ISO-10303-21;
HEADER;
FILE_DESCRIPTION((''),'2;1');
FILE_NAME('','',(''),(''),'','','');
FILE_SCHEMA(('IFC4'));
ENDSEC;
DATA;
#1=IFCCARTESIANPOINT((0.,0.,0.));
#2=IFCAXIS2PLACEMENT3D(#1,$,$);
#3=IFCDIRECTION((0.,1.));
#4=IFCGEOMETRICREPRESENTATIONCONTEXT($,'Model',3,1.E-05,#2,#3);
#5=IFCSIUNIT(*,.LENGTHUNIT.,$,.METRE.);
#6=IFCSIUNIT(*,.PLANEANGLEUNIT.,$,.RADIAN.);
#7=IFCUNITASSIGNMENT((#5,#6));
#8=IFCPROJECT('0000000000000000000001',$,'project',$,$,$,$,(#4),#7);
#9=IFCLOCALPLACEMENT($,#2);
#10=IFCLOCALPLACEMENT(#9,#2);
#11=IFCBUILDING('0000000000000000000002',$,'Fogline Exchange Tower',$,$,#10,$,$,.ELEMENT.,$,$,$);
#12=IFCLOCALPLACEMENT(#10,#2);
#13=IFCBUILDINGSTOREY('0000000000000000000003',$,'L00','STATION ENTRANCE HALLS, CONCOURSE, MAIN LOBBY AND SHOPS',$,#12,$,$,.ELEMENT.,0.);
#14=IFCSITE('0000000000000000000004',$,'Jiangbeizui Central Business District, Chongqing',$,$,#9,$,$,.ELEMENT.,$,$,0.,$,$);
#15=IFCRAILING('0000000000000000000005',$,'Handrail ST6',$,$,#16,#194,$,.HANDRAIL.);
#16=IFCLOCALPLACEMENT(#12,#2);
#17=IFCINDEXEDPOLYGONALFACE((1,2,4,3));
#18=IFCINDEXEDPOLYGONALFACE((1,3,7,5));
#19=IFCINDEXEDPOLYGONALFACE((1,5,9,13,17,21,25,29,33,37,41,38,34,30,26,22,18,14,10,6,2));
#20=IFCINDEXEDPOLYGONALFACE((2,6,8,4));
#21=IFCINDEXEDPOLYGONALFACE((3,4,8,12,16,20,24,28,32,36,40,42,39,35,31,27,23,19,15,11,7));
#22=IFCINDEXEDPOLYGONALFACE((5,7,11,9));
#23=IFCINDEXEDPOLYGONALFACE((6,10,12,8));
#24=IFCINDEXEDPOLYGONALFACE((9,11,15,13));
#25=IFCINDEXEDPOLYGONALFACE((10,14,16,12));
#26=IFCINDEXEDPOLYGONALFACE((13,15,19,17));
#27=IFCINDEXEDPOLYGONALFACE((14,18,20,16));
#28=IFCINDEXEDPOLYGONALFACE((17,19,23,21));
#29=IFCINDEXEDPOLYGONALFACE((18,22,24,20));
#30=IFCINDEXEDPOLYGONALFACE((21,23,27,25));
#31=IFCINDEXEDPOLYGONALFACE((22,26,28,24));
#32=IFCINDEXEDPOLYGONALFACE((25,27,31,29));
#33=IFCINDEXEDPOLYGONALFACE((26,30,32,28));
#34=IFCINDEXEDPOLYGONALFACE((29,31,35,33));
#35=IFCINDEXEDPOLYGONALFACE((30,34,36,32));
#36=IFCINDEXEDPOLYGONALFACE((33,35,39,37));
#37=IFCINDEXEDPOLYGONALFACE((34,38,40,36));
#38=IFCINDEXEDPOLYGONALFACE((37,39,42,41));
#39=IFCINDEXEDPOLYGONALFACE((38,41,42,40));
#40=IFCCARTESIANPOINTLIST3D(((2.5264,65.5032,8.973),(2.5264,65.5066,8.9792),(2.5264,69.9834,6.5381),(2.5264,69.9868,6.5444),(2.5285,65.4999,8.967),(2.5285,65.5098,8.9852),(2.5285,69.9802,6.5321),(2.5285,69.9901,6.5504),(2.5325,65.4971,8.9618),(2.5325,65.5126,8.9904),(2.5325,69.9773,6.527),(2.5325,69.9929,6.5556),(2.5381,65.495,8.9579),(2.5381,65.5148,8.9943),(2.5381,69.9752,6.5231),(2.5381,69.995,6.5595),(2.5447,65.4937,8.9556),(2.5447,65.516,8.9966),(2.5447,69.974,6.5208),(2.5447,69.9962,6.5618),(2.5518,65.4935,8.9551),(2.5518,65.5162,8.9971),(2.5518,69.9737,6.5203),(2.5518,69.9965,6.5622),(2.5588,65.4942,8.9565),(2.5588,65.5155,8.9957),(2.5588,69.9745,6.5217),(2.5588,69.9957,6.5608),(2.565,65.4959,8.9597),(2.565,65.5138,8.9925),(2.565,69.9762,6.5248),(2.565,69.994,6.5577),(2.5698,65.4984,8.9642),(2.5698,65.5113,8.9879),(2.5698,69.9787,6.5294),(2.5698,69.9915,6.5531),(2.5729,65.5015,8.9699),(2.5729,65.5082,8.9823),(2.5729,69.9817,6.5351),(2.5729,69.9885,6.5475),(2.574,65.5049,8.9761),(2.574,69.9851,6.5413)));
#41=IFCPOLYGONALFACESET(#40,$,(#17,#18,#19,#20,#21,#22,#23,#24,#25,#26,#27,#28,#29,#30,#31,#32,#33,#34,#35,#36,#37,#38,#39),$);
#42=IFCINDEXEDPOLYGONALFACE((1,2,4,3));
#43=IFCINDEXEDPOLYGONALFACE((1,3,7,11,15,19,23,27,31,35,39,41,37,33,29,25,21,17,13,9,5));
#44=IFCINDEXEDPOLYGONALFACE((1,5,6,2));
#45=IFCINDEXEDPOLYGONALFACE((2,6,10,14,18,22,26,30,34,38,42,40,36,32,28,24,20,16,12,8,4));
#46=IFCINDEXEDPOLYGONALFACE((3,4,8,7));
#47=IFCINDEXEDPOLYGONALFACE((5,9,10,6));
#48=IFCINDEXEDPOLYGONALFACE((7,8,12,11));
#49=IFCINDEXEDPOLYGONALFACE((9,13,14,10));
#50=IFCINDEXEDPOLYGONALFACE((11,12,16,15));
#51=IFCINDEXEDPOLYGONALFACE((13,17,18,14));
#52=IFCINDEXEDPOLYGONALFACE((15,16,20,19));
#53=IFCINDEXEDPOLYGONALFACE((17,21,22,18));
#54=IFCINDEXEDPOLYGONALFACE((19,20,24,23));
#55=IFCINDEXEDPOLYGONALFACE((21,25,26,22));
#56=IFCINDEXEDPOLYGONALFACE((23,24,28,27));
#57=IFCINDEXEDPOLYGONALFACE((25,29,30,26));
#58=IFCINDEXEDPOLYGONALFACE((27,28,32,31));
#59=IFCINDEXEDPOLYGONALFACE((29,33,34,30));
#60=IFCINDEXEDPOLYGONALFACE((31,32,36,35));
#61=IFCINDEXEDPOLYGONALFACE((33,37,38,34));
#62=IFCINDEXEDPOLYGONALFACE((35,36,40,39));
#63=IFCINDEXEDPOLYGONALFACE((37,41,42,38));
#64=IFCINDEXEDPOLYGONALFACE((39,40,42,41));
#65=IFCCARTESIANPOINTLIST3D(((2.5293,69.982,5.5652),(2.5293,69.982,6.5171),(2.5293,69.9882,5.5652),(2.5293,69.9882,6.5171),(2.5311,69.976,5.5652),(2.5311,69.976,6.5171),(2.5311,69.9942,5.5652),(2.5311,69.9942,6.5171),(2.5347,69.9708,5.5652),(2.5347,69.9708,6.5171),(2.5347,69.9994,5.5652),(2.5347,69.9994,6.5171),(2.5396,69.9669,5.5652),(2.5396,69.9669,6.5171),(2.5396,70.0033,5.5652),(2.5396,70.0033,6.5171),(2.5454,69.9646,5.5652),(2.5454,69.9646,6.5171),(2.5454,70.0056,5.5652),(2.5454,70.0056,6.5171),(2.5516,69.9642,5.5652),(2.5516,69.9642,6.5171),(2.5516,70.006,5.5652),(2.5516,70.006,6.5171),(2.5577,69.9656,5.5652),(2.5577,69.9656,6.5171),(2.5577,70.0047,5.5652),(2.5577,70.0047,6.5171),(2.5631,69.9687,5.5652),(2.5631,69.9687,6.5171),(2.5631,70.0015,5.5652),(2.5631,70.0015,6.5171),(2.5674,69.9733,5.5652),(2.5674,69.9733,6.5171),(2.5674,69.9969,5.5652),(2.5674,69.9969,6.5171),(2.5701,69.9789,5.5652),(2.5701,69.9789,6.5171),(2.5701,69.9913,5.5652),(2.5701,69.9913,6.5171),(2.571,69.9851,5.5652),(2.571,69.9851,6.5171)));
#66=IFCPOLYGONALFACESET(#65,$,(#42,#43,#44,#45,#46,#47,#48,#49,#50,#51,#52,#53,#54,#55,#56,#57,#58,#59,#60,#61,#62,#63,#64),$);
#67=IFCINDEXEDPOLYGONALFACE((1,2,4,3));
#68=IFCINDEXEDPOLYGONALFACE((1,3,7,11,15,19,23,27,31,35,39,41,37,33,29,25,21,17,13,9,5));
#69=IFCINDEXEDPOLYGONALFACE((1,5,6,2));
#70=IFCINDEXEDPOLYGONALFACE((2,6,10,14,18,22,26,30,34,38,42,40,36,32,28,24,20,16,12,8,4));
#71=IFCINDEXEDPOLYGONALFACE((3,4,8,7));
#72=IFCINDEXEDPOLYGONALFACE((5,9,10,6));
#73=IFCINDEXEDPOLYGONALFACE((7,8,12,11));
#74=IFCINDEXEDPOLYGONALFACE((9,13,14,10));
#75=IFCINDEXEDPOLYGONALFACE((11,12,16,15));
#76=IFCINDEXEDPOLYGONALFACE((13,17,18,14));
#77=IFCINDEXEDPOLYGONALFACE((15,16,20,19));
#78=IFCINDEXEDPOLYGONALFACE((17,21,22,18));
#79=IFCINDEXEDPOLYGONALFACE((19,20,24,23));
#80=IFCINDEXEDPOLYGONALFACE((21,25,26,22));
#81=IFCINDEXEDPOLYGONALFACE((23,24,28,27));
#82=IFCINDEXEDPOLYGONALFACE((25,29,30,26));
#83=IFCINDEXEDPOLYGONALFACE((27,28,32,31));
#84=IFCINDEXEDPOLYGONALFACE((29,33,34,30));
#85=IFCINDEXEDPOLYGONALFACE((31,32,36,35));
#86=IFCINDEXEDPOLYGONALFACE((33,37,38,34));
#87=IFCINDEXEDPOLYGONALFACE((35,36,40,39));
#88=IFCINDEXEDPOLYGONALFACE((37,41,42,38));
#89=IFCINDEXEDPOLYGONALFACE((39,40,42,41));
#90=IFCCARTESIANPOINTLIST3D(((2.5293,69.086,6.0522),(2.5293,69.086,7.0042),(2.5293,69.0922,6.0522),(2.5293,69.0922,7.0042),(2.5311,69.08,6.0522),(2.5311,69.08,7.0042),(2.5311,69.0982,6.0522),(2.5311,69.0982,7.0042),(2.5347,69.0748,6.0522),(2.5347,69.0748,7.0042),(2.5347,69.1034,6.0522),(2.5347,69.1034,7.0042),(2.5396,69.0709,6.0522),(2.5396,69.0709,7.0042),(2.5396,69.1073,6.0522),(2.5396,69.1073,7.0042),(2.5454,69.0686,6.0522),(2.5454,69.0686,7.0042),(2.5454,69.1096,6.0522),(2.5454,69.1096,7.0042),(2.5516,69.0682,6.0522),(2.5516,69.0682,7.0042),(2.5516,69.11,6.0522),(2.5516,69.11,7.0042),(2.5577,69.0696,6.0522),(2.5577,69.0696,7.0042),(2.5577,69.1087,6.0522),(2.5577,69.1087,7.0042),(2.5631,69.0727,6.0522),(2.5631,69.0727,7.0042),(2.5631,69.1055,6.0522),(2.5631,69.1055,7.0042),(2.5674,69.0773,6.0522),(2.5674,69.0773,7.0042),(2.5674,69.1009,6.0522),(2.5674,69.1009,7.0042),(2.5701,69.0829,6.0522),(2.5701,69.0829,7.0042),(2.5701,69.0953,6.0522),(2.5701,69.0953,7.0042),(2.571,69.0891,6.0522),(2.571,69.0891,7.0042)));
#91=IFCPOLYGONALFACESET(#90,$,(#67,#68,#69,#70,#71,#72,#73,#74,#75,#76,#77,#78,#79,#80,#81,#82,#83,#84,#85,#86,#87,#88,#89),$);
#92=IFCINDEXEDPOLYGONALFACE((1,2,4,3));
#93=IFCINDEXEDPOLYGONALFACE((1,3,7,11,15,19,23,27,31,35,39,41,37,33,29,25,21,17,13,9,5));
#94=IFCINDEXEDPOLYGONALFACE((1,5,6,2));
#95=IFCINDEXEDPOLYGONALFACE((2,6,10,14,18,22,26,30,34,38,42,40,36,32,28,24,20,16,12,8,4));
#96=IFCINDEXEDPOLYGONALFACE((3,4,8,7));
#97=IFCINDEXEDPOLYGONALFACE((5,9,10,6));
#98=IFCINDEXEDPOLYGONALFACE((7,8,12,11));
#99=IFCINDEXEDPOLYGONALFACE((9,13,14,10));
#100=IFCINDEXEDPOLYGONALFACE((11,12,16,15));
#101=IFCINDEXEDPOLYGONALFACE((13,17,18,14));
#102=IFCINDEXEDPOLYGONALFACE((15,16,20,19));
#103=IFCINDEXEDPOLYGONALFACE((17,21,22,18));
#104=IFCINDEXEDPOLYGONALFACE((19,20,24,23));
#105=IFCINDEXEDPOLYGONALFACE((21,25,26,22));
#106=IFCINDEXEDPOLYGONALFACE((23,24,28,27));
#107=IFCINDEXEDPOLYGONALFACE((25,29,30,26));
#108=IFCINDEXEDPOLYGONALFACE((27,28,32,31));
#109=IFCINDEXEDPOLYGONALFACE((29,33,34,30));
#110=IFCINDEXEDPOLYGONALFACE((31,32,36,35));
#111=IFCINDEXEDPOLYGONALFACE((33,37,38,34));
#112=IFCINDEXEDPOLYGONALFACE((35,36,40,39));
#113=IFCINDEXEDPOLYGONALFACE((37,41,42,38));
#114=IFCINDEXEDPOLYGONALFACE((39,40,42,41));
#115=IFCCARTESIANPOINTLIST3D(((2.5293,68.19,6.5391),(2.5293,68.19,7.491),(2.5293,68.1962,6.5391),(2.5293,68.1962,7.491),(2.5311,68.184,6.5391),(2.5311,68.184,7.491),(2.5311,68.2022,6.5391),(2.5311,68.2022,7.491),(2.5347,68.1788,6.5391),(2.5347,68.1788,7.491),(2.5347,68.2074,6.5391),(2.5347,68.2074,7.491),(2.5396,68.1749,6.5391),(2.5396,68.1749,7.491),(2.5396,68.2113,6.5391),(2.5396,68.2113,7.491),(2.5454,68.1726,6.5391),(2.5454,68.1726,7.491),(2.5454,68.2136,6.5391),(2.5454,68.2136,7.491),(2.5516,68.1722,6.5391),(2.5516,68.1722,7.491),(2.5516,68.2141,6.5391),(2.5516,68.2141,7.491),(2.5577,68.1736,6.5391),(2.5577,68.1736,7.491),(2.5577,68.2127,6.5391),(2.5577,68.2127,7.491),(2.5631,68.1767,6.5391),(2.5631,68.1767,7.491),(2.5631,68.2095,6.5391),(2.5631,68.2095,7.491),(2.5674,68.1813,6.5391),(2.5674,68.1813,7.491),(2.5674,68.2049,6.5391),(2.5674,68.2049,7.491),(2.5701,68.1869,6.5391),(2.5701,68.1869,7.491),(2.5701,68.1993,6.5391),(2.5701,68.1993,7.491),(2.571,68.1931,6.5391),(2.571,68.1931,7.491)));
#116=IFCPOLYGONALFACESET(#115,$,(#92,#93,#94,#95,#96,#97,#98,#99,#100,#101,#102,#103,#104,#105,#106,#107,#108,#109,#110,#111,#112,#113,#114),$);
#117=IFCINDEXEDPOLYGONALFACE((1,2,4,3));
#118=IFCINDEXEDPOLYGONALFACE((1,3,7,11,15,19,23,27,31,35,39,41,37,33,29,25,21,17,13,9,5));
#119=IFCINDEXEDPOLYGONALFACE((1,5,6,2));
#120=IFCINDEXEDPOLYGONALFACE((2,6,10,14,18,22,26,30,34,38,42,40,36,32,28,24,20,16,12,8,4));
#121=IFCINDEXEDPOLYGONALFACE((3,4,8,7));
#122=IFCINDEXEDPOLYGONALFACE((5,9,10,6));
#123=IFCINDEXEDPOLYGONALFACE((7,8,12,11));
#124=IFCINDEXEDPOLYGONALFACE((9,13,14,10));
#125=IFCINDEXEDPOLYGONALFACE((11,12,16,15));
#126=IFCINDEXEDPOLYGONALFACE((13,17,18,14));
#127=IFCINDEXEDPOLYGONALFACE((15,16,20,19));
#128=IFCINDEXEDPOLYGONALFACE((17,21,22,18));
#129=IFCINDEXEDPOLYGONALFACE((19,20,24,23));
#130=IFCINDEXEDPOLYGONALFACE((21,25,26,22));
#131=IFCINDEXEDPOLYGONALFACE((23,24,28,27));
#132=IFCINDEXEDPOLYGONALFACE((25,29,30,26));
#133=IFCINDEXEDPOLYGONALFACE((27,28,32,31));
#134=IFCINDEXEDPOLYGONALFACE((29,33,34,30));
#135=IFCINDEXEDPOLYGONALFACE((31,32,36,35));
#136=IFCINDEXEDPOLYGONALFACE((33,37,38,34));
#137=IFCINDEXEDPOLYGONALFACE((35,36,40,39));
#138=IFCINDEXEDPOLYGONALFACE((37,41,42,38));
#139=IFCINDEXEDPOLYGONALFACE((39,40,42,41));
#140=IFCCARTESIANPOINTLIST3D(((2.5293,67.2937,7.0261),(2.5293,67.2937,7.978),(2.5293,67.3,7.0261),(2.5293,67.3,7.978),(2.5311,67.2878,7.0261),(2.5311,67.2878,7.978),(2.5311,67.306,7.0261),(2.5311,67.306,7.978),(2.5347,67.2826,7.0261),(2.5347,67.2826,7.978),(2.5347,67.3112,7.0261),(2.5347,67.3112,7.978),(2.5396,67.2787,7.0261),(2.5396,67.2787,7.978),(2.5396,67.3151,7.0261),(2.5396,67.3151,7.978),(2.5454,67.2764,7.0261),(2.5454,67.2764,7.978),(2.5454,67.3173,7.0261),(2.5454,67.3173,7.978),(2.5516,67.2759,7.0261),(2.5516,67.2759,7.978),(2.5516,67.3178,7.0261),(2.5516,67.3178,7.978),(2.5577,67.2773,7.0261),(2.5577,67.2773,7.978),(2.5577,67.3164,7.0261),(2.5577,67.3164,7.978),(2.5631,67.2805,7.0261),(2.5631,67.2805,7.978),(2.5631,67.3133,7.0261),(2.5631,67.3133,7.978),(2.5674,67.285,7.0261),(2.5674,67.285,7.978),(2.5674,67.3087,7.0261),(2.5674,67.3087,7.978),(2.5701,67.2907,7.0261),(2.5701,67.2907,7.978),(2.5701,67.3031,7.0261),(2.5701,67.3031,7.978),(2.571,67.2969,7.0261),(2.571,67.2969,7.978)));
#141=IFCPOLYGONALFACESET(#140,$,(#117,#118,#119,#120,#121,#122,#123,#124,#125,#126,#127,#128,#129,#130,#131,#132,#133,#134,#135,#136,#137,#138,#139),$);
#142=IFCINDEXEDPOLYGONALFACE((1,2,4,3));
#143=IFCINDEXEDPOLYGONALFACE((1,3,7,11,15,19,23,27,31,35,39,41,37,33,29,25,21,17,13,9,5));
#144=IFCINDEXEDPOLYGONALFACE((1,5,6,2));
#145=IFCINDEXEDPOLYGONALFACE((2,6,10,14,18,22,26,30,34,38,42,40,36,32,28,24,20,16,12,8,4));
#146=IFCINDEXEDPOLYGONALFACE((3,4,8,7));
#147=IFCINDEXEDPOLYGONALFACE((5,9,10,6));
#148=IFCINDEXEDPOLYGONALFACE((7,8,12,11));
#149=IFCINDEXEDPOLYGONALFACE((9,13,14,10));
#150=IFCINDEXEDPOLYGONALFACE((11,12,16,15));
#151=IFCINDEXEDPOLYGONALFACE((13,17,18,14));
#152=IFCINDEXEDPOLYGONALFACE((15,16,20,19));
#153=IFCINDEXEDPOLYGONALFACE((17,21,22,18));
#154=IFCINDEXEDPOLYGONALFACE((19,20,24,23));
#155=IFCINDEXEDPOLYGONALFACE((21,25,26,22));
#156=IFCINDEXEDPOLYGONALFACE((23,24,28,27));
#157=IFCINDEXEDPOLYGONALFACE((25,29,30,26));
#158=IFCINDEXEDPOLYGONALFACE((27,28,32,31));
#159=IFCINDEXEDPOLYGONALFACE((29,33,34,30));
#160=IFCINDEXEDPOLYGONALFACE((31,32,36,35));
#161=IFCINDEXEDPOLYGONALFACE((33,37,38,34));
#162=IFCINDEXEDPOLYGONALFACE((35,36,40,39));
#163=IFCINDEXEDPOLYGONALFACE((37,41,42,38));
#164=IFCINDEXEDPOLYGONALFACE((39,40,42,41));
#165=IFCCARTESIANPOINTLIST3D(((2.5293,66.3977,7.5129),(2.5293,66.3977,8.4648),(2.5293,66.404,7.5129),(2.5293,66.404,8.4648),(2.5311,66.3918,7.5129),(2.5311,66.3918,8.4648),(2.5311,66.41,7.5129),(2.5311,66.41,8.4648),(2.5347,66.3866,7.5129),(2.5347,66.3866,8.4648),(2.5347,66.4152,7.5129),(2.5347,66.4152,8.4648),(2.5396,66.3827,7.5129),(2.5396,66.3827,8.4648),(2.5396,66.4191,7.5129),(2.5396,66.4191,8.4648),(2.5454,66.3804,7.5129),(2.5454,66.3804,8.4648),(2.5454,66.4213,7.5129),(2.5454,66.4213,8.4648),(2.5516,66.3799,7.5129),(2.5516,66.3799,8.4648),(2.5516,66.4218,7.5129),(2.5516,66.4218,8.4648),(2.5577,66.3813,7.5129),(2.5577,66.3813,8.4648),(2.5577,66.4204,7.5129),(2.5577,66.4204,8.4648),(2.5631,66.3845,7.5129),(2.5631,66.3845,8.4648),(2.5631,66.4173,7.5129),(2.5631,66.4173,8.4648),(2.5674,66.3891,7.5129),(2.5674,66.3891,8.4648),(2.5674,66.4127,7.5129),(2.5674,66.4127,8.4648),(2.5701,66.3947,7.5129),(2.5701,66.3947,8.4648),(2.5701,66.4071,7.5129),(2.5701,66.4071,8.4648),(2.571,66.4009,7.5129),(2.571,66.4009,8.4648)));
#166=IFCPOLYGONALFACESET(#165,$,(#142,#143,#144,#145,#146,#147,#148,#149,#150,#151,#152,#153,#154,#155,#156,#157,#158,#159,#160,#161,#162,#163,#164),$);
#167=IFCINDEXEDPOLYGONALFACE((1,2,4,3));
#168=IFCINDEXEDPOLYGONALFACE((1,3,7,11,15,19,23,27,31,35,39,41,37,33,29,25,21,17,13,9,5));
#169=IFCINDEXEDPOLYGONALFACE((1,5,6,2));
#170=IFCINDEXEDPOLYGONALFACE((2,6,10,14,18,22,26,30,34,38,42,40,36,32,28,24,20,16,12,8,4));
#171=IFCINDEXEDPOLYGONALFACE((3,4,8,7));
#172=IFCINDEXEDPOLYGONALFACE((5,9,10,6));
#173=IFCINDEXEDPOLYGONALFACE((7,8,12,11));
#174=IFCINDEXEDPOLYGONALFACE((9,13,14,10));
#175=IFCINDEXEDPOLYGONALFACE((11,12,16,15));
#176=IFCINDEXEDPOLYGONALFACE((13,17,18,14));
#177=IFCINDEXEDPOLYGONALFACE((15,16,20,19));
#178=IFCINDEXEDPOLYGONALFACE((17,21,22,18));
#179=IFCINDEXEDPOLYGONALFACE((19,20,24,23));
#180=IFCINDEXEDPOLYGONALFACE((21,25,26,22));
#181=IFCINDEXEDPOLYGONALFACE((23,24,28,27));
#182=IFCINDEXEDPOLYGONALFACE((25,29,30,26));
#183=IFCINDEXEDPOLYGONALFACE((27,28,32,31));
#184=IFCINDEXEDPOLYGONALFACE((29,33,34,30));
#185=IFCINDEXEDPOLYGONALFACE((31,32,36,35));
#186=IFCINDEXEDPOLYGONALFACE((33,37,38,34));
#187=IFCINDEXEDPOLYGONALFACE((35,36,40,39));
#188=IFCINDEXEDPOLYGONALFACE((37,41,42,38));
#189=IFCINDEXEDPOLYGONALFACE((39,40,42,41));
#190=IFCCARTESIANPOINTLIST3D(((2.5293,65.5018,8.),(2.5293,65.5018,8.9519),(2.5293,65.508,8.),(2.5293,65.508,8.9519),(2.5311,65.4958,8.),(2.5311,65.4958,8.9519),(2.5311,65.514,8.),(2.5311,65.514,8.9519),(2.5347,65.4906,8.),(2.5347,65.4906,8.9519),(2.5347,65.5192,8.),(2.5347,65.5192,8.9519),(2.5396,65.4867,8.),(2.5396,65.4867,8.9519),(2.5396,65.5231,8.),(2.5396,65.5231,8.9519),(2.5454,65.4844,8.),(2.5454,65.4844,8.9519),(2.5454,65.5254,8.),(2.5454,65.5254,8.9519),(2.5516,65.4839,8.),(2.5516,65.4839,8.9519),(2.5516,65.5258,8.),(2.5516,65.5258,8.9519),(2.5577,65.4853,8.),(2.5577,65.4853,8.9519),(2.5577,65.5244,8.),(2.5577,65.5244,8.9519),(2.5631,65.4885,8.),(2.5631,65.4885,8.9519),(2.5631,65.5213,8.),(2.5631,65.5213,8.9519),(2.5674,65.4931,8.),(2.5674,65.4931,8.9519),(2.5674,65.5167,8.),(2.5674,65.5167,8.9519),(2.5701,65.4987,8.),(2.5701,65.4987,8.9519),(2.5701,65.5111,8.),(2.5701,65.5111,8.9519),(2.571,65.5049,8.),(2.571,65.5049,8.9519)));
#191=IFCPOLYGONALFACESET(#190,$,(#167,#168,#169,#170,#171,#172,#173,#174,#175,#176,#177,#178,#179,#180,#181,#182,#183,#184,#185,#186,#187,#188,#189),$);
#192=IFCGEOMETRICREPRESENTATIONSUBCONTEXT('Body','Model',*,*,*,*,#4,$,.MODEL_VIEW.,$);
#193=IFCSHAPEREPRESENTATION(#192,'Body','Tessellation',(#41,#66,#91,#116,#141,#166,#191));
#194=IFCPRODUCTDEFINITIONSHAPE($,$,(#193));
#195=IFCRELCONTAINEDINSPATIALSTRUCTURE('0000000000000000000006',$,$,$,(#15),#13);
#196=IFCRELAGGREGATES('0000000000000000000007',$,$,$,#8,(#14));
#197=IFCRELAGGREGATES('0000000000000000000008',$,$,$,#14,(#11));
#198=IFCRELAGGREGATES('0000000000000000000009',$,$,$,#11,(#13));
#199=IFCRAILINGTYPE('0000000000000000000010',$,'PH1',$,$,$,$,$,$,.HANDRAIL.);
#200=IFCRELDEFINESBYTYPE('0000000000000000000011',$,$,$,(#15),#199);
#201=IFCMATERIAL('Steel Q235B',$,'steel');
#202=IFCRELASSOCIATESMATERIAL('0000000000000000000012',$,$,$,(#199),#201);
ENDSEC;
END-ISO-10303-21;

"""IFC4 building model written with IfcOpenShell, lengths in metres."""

from ifc_helpers import new_model, si_unit, direction, frame, origin, origin_2d, place, context, subcontext, project, spatial, circle, extrude, material, type_object, element, save


model = new_model("IFC4")

# Units and contexts
model_context = context("Model", 3, precision=1e-05, world=origin(), true_north=direction((0.0, 1.0)))
body_context = subcontext(model_context, "Body", "Model", "MODEL_VIEW")
ifc_project = project(units=[si_unit("LENGTHUNIT", "METRE"), si_unit("PLANEANGLEUNIT", "RADIAN")], contexts=[model_context])

# Site, building, storey
site_placement = place(None, origin())
site = spatial("IfcSite", under=ifc_project, at=site_placement, Name="Jiangbeizui Central Business District, Chongqing", CompositionType="ELEMENT", RefElevation=0.0)
building_placement = place(site_placement, origin())
building = spatial("IfcBuilding", under=site, at=building_placement, Name="Fogline Exchange Tower", CompositionType="ELEMENT")
storey_placement = place(building_placement, origin())
storey = spatial("IfcBuildingStorey", under=building, at=storey_placement, Name="L00", Description="STATION ENTRANCE HALLS, CONCOURSE, MAIN LOBBY AND SHOPS", CompositionType="ELEMENT", Elevation=0.0)

# Shared definitions
ifc_material_1 = material(Name="Steel Q235B", Category="steel")

# Railing
railing_type_1 = type_object("IfcRailingType", Name="PH1", PredefinedType="HANDRAIL", material=ifc_material_1)
for number, where, name in (
    (1, (2.55, 69.9851, 5.5652), "Handrail ST6"),
):
    element("IfcRailing", number, at=place(storey_placement, frame(where)), inside=storey, type_object=railing_type_1, Name=name, PredefinedType="HANDRAIL", context=body_context, shape_type="SweptSolid", body=[
        extrude(circle(Radius=0.0239, at=origin_2d()), frame((0.0, 0.0, 0.9761), z_axis=(0.0, -0.878632, 0.4775), x_axis=(1.0, 0.0, 0.0)), (0.0, 0.0, 1.0), 5.0991),
        extrude(circle(Radius=0.021, at=origin_2d()), origin(), (0.0, 0.0, 1.0), 0.9519),
        extrude(circle(Radius=0.021, at=origin_2d()), frame((0.0, -0.896, 0.4871)), (0.0, 0.0, 1.0), 0.9519),
        extrude(circle(Radius=0.021, at=origin_2d()), frame((0.0, -1.792, 0.9739)), (0.0, 0.0, 1.0), 0.9519),
        extrude(circle(Radius=0.021, at=origin_2d()), frame((0.0, -2.6882, 1.4609)), (0.0, 0.0, 1.0), 0.9519),
        extrude(circle(Radius=0.021, at=origin_2d()), frame((0.0, -3.5842, 1.9478)), (0.0, 0.0, 1.0), 0.9519),
        extrude(circle(Radius=0.021, at=origin_2d()), frame((0.0, -4.4802, 2.4348)), (0.0, 0.0, 1.0), 0.9519),
    ])

save(model, "model.ifc")
